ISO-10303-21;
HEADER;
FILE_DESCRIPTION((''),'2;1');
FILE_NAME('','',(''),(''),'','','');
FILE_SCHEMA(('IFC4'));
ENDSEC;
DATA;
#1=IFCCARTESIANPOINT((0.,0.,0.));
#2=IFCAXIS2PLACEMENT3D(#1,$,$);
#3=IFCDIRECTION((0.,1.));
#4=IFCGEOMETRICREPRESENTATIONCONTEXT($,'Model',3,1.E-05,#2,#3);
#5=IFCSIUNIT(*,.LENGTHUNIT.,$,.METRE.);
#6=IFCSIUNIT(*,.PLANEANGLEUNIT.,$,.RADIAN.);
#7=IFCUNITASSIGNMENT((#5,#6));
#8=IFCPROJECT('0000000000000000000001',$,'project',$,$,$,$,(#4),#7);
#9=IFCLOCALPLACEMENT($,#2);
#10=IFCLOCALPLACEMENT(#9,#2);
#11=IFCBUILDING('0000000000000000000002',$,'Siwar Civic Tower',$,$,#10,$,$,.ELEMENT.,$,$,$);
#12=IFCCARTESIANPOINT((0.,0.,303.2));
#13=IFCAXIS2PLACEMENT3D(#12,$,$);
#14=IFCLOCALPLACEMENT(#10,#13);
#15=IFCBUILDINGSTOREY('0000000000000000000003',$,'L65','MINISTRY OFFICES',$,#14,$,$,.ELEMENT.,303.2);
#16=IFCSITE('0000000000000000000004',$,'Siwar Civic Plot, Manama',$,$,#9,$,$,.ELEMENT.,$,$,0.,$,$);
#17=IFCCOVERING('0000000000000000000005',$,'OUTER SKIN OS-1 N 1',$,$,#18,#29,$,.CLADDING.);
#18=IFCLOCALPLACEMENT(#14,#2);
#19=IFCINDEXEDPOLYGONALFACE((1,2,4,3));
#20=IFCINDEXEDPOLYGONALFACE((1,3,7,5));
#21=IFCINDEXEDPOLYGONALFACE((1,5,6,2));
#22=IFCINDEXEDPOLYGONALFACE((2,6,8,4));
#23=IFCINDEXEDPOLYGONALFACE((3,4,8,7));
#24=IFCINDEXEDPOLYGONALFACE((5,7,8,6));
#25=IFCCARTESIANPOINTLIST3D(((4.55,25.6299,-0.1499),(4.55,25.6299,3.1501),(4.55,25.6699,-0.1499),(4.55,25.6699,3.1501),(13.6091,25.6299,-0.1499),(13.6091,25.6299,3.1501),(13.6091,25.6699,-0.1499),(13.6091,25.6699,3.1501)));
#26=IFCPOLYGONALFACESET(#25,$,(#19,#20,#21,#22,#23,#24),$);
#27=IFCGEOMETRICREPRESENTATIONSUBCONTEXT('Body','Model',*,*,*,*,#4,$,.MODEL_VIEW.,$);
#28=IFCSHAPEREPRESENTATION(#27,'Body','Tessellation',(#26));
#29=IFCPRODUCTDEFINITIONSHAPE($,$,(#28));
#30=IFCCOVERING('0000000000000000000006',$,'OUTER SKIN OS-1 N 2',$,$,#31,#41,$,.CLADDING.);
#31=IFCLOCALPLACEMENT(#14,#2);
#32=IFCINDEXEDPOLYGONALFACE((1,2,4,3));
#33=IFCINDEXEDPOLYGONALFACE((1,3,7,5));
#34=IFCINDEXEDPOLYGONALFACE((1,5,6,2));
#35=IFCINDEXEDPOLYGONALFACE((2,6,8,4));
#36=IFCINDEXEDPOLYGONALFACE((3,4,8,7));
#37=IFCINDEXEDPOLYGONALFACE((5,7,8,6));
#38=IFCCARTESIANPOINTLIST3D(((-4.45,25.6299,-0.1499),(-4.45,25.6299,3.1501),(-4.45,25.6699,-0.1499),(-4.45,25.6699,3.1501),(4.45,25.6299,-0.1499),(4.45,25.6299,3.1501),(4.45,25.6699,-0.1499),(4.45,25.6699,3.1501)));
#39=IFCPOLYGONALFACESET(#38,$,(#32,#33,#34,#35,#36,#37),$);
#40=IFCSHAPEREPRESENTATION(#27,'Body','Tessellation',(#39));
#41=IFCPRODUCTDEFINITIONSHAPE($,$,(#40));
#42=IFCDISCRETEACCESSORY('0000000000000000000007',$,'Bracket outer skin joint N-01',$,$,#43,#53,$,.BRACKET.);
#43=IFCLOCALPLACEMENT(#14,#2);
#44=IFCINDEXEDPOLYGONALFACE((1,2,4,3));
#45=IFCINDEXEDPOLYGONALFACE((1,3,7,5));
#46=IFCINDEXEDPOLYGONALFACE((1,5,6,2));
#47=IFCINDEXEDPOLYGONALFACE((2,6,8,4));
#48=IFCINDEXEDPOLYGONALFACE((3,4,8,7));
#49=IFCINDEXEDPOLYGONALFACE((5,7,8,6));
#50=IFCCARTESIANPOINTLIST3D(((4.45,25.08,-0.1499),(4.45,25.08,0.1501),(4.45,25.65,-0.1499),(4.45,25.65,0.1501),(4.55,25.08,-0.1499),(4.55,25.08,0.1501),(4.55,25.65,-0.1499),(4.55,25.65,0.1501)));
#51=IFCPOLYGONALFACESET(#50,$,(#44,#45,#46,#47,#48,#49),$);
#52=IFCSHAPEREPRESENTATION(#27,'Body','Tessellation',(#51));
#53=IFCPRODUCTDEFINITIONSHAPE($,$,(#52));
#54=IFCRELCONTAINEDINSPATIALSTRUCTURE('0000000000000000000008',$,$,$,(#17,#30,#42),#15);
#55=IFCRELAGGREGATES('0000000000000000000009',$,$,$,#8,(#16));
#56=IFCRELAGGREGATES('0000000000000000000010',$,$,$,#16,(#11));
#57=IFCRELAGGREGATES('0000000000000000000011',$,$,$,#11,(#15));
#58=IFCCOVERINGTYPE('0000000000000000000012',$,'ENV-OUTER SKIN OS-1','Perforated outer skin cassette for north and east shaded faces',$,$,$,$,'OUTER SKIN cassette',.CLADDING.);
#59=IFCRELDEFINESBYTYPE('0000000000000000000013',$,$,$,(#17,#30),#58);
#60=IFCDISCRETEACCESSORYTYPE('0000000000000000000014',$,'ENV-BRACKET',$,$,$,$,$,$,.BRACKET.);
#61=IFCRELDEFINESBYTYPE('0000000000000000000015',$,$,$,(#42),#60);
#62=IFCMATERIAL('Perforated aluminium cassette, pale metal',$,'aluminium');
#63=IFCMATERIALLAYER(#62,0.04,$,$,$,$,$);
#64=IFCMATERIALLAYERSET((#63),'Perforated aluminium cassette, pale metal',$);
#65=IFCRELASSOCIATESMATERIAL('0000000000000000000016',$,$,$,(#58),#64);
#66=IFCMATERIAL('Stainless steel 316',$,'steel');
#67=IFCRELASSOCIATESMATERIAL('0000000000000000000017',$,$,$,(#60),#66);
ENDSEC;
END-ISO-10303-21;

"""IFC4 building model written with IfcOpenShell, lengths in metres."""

from ifc_helpers import new_model, si_unit, direction, frame, origin, origin_2d, place, context, subcontext, project, spatial, rectangle, extrude, material, layer, layer_set, type_object, element, save


model = new_model("IFC4")

# Units and contexts
model_context = context("Model", 3, precision=1e-05, world=origin(), true_north=direction((0.0, 1.0)))
body_context = subcontext(model_context, "Body", "Model", "MODEL_VIEW")
ifc_project = project(units=[si_unit("LENGTHUNIT", "METRE"), si_unit("PLANEANGLEUNIT", "RADIAN")], contexts=[model_context])

# Site, building, storey
site_placement = place(None, origin())
site = spatial("IfcSite", under=ifc_project, at=site_placement, Name="Siwar Civic Plot, Manama", CompositionType="ELEMENT", RefElevation=0.0)
building_placement = place(site_placement, origin())
building = spatial("IfcBuilding", under=site, at=building_placement, Name="Siwar Civic Tower", CompositionType="ELEMENT")
storey_placement = place(building_placement, frame((0.0, 0.0, 303.2)))
storey = spatial("IfcBuildingStorey", under=building, at=storey_placement, Name="L65", Description="MINISTRY OFFICES", CompositionType="ELEMENT", Elevation=303.2)

# Coverings
ifc_material_1 = material(Name="Perforated aluminium cassette, pale metal", Category="aluminium")
ifc_layer_1 = layer(ifc_material_1, 0.04)
ifc_layer_set_1 = layer_set([ifc_layer_1], Name="Perforated aluminium cassette, pale metal")
covering_type = type_object("IfcCoveringType", Name="ENV-OUTER SKIN OS-1", Description="Perforated outer skin cassette for north and east shaded faces", ElementType="OUTER SKIN cassette", PredefinedType="CLADDING", material=ifc_layer_set_1)
covering_1_placement = place(storey_placement, frame((9.0796, 25.6499, -0.1499), z_axis=(0.0, 0.0, 1.0), x_axis=(-1.0, 0.0, 0.0)))
element("IfcCovering", 1, at=covering_1_placement, inside=storey, type_object=covering_type, Name="OUTER SKIN OS-1 N 1", PredefinedType="CLADDING", context=body_context, shape_type="SweptSolid", body=[
    extrude(rectangle(XDim=9.0591, YDim=0.04, at=origin_2d()), origin(), (0.0, 0.0, 1.0), 3.3),
])
covering_2_placement = place(storey_placement, frame((0.0, 25.6499, -0.1499), z_axis=(0.0, 0.0, 1.0), x_axis=(-1.0, 0.0, 0.0)))
element("IfcCovering", 2, at=covering_2_placement, inside=storey, type_object=covering_type, Name="OUTER SKIN OS-1 N 2", PredefinedType="CLADDING", context=body_context, shape_type="SweptSolid", body=[
    extrude(rectangle(XDim=8.8999, YDim=0.04, at=origin_2d()), origin(), (0.0, 0.0, 1.0), 3.3),
])

# Discrete accessory
ifc_material_2 = material(Name="Stainless steel 316", Category="steel")
discrete_accessory_type = type_object("IfcDiscreteAccessoryType", Name="ENV-BRACKET", PredefinedType="BRACKET", material=ifc_material_2)
discrete_accessory_placement = place(storey_placement, frame((4.5, 25.365, -0.1499), z_axis=(0.0, 0.0, 1.0), x_axis=(0.0, 1.0, 0.0)))
element("IfcDiscreteAccessory", 3, at=discrete_accessory_placement, inside=storey, type_object=discrete_accessory_type, Name="Bracket outer skin joint N-01", PredefinedType="BRACKET", context=body_context, shape_type="SweptSolid", body=[
    extrude(rectangle(XDim=0.5701, YDim=0.1001, at=origin_2d()), origin(), (0.0, 0.0, 1.0), 0.3),
])

save(model, "model.ifc")
